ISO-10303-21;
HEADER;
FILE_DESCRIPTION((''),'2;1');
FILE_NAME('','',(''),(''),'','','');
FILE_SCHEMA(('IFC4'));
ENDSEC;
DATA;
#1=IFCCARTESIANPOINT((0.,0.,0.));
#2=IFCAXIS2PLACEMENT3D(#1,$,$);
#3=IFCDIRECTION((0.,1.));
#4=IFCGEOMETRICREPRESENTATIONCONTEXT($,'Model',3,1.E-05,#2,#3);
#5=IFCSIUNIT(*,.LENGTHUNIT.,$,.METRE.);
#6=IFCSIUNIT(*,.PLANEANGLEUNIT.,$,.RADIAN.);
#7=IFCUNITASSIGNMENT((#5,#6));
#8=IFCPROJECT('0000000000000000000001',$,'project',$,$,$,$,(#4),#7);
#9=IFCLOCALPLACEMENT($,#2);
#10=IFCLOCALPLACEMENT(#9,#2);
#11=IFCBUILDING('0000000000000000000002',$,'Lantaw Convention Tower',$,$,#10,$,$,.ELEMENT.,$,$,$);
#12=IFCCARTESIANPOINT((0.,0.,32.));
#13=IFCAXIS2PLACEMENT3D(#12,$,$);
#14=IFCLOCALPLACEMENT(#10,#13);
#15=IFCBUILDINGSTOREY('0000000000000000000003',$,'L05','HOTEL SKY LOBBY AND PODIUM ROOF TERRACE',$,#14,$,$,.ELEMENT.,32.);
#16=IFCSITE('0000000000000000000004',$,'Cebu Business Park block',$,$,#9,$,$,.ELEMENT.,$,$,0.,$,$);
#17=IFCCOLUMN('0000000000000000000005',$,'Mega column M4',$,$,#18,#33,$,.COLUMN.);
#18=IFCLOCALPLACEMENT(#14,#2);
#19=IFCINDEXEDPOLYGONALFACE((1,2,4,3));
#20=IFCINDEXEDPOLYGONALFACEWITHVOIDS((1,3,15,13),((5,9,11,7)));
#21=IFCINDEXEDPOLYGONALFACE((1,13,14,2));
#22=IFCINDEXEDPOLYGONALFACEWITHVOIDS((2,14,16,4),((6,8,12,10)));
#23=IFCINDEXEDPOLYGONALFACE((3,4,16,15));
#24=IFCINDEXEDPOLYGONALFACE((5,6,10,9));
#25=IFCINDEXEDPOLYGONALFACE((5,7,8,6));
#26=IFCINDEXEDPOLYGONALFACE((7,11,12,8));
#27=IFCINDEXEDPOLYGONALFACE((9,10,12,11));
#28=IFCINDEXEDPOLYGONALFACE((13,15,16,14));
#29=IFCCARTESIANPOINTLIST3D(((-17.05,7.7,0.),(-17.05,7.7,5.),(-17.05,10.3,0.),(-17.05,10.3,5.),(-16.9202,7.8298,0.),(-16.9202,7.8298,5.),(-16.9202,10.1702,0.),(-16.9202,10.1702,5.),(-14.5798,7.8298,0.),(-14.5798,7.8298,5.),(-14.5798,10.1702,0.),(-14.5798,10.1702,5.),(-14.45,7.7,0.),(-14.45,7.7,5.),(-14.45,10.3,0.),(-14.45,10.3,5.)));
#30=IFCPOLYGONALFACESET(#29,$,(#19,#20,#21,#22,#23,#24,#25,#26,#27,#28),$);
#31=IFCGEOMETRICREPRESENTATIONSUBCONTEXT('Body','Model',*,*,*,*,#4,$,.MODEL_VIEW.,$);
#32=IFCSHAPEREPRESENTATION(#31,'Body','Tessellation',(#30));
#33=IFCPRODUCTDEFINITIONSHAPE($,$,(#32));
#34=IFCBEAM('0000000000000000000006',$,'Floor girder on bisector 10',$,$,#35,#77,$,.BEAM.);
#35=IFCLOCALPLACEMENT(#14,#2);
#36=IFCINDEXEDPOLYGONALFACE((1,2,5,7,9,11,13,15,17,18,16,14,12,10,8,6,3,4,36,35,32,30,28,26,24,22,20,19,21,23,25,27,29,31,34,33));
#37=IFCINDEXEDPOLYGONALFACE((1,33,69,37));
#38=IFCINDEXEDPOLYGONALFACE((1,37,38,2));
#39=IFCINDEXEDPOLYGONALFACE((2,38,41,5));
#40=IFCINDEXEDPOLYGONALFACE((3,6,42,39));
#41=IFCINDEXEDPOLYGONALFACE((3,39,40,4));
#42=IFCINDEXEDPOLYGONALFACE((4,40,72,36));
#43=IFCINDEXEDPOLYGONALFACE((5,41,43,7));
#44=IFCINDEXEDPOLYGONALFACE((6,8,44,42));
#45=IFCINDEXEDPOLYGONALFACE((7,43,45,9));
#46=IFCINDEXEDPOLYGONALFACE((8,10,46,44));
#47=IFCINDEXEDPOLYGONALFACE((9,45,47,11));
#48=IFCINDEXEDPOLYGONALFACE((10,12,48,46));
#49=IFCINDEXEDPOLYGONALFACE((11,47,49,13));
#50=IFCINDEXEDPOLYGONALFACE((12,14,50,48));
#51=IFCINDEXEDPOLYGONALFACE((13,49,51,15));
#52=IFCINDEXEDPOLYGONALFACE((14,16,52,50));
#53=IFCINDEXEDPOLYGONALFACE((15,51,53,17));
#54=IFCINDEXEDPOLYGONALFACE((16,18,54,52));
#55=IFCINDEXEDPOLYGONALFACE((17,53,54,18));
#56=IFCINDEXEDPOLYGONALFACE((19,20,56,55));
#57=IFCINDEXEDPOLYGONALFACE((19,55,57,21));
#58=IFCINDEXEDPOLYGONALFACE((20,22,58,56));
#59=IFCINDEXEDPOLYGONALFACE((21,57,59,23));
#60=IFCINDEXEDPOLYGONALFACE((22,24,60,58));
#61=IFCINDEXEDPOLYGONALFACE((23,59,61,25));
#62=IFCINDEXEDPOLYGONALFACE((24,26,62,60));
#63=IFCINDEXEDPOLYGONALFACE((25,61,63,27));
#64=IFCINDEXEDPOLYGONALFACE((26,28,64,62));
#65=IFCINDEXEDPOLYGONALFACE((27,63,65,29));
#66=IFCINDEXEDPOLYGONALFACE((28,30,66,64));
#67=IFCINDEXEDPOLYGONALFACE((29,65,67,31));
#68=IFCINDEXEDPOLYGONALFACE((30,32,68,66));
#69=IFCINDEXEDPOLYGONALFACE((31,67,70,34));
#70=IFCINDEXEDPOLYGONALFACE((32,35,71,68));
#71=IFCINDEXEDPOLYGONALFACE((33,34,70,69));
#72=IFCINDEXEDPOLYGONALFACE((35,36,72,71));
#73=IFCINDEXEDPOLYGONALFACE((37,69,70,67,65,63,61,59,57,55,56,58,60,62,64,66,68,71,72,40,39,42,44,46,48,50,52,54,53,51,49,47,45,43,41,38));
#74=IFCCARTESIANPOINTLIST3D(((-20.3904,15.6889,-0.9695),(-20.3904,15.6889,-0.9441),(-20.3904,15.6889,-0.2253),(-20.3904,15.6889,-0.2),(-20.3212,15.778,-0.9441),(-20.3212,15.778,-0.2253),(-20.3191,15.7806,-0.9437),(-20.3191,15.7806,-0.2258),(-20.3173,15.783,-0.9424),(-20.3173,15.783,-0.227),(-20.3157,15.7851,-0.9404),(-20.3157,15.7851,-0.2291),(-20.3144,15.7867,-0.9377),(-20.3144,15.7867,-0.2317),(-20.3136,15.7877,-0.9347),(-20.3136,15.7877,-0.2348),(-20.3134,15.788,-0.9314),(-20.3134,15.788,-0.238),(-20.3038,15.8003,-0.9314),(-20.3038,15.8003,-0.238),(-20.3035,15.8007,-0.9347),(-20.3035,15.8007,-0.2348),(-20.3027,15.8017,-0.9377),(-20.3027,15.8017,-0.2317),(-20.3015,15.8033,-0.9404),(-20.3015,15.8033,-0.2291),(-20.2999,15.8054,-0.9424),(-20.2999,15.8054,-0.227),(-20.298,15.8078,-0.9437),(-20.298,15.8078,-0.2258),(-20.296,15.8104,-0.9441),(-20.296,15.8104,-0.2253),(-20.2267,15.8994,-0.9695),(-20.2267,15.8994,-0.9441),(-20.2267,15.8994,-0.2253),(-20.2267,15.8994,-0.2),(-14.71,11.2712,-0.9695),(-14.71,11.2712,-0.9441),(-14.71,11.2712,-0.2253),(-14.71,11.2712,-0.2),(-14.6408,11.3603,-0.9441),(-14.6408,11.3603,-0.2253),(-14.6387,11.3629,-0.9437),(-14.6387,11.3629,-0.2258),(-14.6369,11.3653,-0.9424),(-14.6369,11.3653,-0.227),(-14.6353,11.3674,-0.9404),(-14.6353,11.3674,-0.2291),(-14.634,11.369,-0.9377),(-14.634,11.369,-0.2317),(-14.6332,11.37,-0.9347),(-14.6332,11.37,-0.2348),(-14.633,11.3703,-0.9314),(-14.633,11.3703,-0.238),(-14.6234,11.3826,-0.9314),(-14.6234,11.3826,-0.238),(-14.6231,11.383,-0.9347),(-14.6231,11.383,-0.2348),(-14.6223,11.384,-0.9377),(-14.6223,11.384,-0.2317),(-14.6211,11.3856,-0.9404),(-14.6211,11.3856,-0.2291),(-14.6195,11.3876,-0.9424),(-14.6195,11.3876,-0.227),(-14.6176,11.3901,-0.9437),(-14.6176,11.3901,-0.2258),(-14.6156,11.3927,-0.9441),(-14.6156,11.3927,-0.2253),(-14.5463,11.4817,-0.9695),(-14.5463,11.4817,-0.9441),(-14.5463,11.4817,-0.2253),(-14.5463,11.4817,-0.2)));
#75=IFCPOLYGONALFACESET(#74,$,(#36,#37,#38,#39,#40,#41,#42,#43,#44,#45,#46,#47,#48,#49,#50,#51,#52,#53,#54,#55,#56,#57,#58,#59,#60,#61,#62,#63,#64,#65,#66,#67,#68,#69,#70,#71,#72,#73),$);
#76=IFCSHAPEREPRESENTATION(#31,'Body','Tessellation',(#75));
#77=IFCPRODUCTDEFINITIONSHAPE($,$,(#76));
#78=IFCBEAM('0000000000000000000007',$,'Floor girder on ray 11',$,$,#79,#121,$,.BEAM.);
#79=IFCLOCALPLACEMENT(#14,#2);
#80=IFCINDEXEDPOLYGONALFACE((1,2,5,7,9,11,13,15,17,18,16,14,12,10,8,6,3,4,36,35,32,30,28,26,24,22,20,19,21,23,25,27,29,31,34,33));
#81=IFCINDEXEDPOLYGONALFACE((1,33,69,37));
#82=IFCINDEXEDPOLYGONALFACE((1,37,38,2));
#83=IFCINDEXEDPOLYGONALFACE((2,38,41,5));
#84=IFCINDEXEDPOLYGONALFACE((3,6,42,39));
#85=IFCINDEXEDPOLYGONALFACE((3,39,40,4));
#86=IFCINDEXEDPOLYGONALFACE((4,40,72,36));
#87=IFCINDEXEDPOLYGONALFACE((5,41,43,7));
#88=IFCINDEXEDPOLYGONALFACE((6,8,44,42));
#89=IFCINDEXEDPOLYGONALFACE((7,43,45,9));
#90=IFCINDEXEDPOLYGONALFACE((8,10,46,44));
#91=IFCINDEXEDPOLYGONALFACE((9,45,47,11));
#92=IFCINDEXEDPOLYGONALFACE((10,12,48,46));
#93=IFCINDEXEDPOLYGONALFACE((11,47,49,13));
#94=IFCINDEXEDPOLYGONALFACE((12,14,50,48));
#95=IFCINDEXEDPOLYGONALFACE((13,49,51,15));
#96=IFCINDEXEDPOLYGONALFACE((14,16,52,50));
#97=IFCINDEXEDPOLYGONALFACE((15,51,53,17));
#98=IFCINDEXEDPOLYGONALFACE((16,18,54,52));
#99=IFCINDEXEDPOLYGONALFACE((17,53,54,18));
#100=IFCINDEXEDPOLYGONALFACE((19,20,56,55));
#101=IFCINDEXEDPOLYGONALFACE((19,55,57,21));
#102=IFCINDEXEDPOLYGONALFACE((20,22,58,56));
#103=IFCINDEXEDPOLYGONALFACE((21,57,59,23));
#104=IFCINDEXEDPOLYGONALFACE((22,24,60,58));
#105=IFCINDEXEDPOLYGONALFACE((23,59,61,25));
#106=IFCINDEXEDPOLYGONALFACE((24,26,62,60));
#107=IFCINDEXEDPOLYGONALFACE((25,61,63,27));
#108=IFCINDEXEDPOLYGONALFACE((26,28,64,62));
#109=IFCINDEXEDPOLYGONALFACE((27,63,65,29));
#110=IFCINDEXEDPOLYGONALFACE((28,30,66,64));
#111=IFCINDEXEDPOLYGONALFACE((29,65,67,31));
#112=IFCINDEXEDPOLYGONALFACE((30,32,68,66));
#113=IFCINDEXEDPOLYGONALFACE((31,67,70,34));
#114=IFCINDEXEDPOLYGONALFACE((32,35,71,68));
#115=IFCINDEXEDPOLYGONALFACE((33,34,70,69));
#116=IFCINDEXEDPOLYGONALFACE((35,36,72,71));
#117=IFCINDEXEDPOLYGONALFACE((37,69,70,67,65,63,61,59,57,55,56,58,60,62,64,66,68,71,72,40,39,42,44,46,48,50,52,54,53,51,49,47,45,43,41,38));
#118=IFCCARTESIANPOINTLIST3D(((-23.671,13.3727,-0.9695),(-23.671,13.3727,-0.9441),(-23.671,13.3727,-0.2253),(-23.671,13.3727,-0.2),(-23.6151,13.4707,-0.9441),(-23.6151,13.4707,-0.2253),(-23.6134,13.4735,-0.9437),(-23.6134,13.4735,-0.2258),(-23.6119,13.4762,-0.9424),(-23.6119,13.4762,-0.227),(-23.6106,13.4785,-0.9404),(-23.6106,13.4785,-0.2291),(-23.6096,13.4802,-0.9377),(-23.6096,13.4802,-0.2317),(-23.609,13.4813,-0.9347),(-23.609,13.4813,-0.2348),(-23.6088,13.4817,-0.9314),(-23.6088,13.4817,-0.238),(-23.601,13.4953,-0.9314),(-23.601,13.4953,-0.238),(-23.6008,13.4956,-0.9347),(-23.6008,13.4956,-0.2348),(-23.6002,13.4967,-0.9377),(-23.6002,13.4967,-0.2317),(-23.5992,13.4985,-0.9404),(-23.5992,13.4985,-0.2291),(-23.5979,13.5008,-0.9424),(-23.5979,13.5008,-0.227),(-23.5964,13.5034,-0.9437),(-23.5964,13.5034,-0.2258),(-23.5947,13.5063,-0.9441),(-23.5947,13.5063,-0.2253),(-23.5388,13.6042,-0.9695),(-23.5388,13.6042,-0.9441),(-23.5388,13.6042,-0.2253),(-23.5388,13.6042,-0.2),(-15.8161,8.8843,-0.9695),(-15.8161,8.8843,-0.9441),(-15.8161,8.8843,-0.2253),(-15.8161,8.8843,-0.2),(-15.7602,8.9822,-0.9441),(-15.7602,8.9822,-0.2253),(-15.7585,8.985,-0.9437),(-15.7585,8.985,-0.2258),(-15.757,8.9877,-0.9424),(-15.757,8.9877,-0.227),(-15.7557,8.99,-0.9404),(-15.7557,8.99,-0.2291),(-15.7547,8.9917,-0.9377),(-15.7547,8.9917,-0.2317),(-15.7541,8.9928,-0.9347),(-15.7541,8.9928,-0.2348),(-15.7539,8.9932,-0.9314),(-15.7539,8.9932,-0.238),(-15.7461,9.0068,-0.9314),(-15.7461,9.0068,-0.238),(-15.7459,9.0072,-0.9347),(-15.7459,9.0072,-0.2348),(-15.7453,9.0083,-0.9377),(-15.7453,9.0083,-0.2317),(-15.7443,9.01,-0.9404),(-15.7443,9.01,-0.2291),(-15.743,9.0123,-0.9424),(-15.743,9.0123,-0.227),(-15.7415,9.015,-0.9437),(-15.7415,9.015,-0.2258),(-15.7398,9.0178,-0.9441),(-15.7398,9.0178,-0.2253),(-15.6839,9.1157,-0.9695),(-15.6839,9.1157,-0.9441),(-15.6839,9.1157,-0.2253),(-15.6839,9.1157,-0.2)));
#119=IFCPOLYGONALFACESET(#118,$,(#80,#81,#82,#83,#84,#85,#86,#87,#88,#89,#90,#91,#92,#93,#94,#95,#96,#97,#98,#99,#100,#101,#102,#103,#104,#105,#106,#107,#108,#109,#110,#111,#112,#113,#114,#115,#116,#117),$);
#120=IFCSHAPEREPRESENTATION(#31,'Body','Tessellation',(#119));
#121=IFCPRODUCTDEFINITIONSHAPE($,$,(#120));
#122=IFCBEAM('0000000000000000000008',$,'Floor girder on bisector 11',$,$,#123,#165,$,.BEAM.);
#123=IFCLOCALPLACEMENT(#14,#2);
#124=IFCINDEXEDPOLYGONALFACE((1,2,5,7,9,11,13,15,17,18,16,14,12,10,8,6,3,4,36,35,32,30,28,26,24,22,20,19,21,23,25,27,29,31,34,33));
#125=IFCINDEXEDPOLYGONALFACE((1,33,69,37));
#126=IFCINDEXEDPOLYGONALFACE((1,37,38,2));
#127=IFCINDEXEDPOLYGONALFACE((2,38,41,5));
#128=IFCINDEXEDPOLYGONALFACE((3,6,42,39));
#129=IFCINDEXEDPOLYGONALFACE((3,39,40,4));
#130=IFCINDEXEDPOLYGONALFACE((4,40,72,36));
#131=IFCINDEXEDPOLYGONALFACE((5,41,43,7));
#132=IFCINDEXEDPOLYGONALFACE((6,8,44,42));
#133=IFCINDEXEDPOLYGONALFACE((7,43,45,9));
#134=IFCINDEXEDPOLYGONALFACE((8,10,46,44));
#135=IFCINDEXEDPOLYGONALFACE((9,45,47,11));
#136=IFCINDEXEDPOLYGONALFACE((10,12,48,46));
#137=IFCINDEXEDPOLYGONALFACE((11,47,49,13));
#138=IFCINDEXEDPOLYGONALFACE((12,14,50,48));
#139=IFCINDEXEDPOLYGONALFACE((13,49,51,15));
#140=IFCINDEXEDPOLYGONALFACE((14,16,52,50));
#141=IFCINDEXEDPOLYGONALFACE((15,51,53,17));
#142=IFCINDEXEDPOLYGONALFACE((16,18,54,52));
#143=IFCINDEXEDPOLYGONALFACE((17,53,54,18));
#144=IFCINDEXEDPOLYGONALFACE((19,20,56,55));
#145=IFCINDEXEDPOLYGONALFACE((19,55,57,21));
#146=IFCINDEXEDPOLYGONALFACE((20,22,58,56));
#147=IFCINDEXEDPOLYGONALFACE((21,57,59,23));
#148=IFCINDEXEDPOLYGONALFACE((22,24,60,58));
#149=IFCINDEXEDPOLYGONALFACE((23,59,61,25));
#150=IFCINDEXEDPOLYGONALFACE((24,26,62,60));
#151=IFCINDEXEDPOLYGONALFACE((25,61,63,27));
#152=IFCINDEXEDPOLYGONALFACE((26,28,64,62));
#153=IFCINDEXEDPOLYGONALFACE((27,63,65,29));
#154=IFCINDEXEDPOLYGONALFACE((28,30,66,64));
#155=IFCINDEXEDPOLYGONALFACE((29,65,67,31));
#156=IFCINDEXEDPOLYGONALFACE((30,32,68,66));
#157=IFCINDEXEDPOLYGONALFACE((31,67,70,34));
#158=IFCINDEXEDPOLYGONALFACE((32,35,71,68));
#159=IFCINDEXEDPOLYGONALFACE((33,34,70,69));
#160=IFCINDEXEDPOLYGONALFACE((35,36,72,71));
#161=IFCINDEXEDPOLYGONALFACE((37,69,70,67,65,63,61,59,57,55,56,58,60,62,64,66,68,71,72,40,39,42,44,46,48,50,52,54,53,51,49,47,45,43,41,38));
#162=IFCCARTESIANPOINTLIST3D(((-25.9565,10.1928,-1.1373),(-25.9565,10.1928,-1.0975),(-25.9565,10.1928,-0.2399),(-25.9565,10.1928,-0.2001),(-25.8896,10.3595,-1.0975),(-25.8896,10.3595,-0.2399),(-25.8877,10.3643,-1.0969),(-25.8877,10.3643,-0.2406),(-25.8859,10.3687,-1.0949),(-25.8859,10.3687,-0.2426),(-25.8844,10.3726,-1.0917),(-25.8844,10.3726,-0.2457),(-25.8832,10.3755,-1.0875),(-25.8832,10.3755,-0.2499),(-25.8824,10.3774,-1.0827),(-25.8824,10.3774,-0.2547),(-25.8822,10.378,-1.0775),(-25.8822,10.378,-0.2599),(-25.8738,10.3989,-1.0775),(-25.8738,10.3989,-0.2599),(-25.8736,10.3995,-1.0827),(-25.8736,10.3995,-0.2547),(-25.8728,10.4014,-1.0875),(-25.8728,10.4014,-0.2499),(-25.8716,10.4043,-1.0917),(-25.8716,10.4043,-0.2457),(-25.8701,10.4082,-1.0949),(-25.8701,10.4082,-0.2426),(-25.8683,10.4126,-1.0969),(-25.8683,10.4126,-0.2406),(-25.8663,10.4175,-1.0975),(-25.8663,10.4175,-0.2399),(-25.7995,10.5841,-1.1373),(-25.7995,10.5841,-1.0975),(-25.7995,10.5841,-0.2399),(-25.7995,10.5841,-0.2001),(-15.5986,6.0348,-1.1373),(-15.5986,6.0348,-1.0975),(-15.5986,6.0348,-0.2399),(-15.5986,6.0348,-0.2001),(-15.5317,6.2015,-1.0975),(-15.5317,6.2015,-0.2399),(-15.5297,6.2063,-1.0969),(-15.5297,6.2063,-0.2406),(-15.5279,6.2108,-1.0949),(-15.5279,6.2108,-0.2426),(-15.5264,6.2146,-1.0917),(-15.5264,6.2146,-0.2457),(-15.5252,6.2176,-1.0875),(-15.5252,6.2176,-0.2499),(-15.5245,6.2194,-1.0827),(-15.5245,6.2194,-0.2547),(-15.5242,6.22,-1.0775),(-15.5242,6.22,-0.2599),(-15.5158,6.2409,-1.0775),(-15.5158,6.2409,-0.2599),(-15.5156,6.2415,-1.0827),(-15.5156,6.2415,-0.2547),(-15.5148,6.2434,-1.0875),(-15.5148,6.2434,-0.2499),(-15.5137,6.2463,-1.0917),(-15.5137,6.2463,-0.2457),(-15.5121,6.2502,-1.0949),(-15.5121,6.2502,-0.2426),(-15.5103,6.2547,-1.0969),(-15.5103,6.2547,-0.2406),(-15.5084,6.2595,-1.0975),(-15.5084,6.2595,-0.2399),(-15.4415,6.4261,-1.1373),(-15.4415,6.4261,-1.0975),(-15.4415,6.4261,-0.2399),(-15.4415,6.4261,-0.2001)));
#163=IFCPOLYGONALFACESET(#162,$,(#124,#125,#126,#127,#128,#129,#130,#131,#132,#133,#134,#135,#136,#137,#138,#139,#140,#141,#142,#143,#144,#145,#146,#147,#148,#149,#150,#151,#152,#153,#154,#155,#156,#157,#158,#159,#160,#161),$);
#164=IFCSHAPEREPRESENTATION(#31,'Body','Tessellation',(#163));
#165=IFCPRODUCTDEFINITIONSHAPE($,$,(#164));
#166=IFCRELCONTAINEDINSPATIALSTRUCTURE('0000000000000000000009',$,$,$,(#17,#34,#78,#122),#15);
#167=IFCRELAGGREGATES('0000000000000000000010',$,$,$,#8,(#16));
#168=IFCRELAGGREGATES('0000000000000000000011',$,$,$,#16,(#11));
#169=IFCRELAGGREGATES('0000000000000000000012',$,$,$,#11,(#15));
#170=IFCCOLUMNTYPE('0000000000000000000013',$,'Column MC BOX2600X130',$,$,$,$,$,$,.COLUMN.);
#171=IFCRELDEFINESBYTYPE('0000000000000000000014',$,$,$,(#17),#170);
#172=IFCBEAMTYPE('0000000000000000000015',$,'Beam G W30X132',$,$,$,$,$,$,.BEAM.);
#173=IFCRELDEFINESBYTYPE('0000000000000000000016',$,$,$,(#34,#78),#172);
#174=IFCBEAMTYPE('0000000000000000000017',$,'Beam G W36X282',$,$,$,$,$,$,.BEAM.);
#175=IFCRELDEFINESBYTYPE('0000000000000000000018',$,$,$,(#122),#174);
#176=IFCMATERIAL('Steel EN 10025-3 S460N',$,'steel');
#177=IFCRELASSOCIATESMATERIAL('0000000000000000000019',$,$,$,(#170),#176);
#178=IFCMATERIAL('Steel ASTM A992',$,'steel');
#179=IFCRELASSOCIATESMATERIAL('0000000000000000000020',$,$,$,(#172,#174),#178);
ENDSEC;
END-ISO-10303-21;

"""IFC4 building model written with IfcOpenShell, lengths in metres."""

from ifc_helpers import new_model, si_unit, direction, frame, origin, origin_2d, place, context, subcontext, project, spatial, rectangle, hollow_rectangle, i_section, extrude, material, material_profile, profile_set, type_object, element, save


model = new_model("IFC4")

# Units and contexts
model_context = context("Model", 3, precision=1e-05, world=origin(), true_north=direction((0.0, 1.0)))
body_context = subcontext(model_context, "Body", "Model", "MODEL_VIEW")
ifc_project = project(units=[si_unit("LENGTHUNIT", "METRE"), si_unit("PLANEANGLEUNIT", "RADIAN")], contexts=[model_context])

# Site, building, storey
site_placement = place(None, origin())
site = spatial("IfcSite", under=ifc_project, at=site_placement, Name="Cebu Business Park block", CompositionType="ELEMENT", RefElevation=0.0)
building_placement = place(site_placement, origin())
building = spatial("IfcBuilding", under=site, at=building_placement, Name="Lantaw Convention Tower", CompositionType="ELEMENT")
storey_placement = place(building_placement, frame((0.0, 0.0, 32.0)))
storey = spatial("IfcBuildingStorey", under=building, at=storey_placement, Name="L05", Description="HOTEL SKY LOBBY AND PODIUM ROOF TERRACE", CompositionType="ELEMENT", Elevation=32.0)

# Column
ifc_material_1 = material(Name="Steel EN 10025-3 S460N", Category="steel")
ifc_material_profile_1 = material_profile(ifc_material_1, hollow_rectangle(XDim=2.6001, YDim=2.6001, WallThickness=0.1299, at=origin_2d()), Name="BOX2600X130")
ifc_material_2 = material(Name="Concrete C60/75", Category="concrete")
ifc_material_profile_2 = material_profile(ifc_material_2, rectangle(XDim=2.3401, YDim=2.3401, at=origin_2d()), Name="Concrete fill of BOX2600X130")
ifc_profile_set_1 = profile_set([ifc_material_profile_1, ifc_material_profile_2], Name="Steel EN 10025-3 S460N")
column_type = type_object("IfcColumnType", Name="Column MC BOX2600X130", PredefinedType="COLUMN", material=ifc_profile_set_1)
column_placement = place(storey_placement, frame((-15.75, 9.0, 0.0), z_axis=(0.0, 0.0, 1.0), x_axis=(1.0, 0.0, 0.0)))
element("IfcColumn", 1, at=column_placement, inside=storey, type_object=column_type, Name="Mega column M4", PredefinedType="COLUMN", context=body_context, shape_type="SweptSolid", body=[
    extrude(hollow_rectangle(XDim=2.6001, YDim=2.6001, WallThickness=0.1299, at=origin_2d()), origin(), (0.0, 0.0, 1.0), 5.0),
])

# Beams
ifc_material_3 = material(Name="Steel ASTM A992", Category="steel")
ifc_material_profile_3 = material_profile(ifc_material_3, i_section(OverallWidth=0.2666, OverallDepth=0.7695, WebThickness=0.0156, FlangeThickness=0.0254, FilletRadius=0.0127, at=origin_2d()), Name="W30X132")
ifc_profile_set_2 = profile_set([ifc_material_profile_3], Name="Steel ASTM A992")
beam_type_1 = type_object("IfcBeamType", Name="Beam G W30X132", PredefinedType="BEAM", material=ifc_profile_set_2)
beam_1_placement = place(storey_placement, frame((-14.6282, 11.3765, -0.5847), z_axis=(-0.789378, 0.613908, 0.0), x_axis=(-0.613908, -0.789378, 0.0)))
element("IfcBeam", 2, at=beam_1_placement, inside=storey, type_object=beam_type_1, Name="Floor girder on bisector 10", PredefinedType="BEAM", context=body_context, shape_type="SweptSolid", body=[
    extrude(i_section(OverallWidth=0.2666, OverallDepth=0.7695, WebThickness=0.0156, FlangeThickness=0.0254, FilletRadius=0.0127, at=origin_2d()), origin(), (0.0, 0.0, 1.0), 7.196),
])
beam_2_placement = place(storey_placement, frame((-15.75, 9.0, -0.5847), z_axis=(-0.868245, 0.496136, 0.0), x_axis=(-0.496136, -0.868245, 0.0)))
element("IfcBeam", 3, at=beam_2_placement, inside=storey, type_object=beam_type_1, Name="Floor girder on ray 11", PredefinedType="BEAM", context=body_context, shape_type="SweptSolid", body=[
    extrude(i_section(OverallWidth=0.2666, OverallDepth=0.7695, WebThickness=0.0156, FlangeThickness=0.0254, FilletRadius=0.0127, at=origin_2d()), origin(), (0.0, 0.0, 1.0), 9.0469),
])
ifc_material_profile_4 = material_profile(ifc_material_3, i_section(OverallWidth=0.4216, OverallDepth=0.9373, WebThickness=0.0225, FlangeThickness=0.0398, FilletRadius=0.02, at=origin_2d()), Name="W36X282")
ifc_profile_set_3 = profile_set([ifc_material_profile_4], Name="Steel ASTM A992")
beam_type_2 = type_object("IfcBeamType", Name="Beam G W36X282", PredefinedType="BEAM", material=ifc_profile_set_3)
beam_3_placement = place(storey_placement, frame((-15.52, 6.2305, -0.6687), z_axis=(-0.928019, 0.372533, 0.0), x_axis=(-0.372533, -0.928019, 0.0)))
element("IfcBeam", 4, at=beam_3_placement, inside=storey, type_object=beam_type_2, Name="Floor girder on bisector 11", PredefinedType="BEAM", context=body_context, shape_type="SweptSolid", body=[
    extrude(i_section(OverallWidth=0.4216, OverallDepth=0.9373, WebThickness=0.0225, FlangeThickness=0.0398, FilletRadius=0.02, at=origin_2d()), origin(), (0.0, 0.0, 1.0), 11.1614),
])

save(model, "model.ifc")
